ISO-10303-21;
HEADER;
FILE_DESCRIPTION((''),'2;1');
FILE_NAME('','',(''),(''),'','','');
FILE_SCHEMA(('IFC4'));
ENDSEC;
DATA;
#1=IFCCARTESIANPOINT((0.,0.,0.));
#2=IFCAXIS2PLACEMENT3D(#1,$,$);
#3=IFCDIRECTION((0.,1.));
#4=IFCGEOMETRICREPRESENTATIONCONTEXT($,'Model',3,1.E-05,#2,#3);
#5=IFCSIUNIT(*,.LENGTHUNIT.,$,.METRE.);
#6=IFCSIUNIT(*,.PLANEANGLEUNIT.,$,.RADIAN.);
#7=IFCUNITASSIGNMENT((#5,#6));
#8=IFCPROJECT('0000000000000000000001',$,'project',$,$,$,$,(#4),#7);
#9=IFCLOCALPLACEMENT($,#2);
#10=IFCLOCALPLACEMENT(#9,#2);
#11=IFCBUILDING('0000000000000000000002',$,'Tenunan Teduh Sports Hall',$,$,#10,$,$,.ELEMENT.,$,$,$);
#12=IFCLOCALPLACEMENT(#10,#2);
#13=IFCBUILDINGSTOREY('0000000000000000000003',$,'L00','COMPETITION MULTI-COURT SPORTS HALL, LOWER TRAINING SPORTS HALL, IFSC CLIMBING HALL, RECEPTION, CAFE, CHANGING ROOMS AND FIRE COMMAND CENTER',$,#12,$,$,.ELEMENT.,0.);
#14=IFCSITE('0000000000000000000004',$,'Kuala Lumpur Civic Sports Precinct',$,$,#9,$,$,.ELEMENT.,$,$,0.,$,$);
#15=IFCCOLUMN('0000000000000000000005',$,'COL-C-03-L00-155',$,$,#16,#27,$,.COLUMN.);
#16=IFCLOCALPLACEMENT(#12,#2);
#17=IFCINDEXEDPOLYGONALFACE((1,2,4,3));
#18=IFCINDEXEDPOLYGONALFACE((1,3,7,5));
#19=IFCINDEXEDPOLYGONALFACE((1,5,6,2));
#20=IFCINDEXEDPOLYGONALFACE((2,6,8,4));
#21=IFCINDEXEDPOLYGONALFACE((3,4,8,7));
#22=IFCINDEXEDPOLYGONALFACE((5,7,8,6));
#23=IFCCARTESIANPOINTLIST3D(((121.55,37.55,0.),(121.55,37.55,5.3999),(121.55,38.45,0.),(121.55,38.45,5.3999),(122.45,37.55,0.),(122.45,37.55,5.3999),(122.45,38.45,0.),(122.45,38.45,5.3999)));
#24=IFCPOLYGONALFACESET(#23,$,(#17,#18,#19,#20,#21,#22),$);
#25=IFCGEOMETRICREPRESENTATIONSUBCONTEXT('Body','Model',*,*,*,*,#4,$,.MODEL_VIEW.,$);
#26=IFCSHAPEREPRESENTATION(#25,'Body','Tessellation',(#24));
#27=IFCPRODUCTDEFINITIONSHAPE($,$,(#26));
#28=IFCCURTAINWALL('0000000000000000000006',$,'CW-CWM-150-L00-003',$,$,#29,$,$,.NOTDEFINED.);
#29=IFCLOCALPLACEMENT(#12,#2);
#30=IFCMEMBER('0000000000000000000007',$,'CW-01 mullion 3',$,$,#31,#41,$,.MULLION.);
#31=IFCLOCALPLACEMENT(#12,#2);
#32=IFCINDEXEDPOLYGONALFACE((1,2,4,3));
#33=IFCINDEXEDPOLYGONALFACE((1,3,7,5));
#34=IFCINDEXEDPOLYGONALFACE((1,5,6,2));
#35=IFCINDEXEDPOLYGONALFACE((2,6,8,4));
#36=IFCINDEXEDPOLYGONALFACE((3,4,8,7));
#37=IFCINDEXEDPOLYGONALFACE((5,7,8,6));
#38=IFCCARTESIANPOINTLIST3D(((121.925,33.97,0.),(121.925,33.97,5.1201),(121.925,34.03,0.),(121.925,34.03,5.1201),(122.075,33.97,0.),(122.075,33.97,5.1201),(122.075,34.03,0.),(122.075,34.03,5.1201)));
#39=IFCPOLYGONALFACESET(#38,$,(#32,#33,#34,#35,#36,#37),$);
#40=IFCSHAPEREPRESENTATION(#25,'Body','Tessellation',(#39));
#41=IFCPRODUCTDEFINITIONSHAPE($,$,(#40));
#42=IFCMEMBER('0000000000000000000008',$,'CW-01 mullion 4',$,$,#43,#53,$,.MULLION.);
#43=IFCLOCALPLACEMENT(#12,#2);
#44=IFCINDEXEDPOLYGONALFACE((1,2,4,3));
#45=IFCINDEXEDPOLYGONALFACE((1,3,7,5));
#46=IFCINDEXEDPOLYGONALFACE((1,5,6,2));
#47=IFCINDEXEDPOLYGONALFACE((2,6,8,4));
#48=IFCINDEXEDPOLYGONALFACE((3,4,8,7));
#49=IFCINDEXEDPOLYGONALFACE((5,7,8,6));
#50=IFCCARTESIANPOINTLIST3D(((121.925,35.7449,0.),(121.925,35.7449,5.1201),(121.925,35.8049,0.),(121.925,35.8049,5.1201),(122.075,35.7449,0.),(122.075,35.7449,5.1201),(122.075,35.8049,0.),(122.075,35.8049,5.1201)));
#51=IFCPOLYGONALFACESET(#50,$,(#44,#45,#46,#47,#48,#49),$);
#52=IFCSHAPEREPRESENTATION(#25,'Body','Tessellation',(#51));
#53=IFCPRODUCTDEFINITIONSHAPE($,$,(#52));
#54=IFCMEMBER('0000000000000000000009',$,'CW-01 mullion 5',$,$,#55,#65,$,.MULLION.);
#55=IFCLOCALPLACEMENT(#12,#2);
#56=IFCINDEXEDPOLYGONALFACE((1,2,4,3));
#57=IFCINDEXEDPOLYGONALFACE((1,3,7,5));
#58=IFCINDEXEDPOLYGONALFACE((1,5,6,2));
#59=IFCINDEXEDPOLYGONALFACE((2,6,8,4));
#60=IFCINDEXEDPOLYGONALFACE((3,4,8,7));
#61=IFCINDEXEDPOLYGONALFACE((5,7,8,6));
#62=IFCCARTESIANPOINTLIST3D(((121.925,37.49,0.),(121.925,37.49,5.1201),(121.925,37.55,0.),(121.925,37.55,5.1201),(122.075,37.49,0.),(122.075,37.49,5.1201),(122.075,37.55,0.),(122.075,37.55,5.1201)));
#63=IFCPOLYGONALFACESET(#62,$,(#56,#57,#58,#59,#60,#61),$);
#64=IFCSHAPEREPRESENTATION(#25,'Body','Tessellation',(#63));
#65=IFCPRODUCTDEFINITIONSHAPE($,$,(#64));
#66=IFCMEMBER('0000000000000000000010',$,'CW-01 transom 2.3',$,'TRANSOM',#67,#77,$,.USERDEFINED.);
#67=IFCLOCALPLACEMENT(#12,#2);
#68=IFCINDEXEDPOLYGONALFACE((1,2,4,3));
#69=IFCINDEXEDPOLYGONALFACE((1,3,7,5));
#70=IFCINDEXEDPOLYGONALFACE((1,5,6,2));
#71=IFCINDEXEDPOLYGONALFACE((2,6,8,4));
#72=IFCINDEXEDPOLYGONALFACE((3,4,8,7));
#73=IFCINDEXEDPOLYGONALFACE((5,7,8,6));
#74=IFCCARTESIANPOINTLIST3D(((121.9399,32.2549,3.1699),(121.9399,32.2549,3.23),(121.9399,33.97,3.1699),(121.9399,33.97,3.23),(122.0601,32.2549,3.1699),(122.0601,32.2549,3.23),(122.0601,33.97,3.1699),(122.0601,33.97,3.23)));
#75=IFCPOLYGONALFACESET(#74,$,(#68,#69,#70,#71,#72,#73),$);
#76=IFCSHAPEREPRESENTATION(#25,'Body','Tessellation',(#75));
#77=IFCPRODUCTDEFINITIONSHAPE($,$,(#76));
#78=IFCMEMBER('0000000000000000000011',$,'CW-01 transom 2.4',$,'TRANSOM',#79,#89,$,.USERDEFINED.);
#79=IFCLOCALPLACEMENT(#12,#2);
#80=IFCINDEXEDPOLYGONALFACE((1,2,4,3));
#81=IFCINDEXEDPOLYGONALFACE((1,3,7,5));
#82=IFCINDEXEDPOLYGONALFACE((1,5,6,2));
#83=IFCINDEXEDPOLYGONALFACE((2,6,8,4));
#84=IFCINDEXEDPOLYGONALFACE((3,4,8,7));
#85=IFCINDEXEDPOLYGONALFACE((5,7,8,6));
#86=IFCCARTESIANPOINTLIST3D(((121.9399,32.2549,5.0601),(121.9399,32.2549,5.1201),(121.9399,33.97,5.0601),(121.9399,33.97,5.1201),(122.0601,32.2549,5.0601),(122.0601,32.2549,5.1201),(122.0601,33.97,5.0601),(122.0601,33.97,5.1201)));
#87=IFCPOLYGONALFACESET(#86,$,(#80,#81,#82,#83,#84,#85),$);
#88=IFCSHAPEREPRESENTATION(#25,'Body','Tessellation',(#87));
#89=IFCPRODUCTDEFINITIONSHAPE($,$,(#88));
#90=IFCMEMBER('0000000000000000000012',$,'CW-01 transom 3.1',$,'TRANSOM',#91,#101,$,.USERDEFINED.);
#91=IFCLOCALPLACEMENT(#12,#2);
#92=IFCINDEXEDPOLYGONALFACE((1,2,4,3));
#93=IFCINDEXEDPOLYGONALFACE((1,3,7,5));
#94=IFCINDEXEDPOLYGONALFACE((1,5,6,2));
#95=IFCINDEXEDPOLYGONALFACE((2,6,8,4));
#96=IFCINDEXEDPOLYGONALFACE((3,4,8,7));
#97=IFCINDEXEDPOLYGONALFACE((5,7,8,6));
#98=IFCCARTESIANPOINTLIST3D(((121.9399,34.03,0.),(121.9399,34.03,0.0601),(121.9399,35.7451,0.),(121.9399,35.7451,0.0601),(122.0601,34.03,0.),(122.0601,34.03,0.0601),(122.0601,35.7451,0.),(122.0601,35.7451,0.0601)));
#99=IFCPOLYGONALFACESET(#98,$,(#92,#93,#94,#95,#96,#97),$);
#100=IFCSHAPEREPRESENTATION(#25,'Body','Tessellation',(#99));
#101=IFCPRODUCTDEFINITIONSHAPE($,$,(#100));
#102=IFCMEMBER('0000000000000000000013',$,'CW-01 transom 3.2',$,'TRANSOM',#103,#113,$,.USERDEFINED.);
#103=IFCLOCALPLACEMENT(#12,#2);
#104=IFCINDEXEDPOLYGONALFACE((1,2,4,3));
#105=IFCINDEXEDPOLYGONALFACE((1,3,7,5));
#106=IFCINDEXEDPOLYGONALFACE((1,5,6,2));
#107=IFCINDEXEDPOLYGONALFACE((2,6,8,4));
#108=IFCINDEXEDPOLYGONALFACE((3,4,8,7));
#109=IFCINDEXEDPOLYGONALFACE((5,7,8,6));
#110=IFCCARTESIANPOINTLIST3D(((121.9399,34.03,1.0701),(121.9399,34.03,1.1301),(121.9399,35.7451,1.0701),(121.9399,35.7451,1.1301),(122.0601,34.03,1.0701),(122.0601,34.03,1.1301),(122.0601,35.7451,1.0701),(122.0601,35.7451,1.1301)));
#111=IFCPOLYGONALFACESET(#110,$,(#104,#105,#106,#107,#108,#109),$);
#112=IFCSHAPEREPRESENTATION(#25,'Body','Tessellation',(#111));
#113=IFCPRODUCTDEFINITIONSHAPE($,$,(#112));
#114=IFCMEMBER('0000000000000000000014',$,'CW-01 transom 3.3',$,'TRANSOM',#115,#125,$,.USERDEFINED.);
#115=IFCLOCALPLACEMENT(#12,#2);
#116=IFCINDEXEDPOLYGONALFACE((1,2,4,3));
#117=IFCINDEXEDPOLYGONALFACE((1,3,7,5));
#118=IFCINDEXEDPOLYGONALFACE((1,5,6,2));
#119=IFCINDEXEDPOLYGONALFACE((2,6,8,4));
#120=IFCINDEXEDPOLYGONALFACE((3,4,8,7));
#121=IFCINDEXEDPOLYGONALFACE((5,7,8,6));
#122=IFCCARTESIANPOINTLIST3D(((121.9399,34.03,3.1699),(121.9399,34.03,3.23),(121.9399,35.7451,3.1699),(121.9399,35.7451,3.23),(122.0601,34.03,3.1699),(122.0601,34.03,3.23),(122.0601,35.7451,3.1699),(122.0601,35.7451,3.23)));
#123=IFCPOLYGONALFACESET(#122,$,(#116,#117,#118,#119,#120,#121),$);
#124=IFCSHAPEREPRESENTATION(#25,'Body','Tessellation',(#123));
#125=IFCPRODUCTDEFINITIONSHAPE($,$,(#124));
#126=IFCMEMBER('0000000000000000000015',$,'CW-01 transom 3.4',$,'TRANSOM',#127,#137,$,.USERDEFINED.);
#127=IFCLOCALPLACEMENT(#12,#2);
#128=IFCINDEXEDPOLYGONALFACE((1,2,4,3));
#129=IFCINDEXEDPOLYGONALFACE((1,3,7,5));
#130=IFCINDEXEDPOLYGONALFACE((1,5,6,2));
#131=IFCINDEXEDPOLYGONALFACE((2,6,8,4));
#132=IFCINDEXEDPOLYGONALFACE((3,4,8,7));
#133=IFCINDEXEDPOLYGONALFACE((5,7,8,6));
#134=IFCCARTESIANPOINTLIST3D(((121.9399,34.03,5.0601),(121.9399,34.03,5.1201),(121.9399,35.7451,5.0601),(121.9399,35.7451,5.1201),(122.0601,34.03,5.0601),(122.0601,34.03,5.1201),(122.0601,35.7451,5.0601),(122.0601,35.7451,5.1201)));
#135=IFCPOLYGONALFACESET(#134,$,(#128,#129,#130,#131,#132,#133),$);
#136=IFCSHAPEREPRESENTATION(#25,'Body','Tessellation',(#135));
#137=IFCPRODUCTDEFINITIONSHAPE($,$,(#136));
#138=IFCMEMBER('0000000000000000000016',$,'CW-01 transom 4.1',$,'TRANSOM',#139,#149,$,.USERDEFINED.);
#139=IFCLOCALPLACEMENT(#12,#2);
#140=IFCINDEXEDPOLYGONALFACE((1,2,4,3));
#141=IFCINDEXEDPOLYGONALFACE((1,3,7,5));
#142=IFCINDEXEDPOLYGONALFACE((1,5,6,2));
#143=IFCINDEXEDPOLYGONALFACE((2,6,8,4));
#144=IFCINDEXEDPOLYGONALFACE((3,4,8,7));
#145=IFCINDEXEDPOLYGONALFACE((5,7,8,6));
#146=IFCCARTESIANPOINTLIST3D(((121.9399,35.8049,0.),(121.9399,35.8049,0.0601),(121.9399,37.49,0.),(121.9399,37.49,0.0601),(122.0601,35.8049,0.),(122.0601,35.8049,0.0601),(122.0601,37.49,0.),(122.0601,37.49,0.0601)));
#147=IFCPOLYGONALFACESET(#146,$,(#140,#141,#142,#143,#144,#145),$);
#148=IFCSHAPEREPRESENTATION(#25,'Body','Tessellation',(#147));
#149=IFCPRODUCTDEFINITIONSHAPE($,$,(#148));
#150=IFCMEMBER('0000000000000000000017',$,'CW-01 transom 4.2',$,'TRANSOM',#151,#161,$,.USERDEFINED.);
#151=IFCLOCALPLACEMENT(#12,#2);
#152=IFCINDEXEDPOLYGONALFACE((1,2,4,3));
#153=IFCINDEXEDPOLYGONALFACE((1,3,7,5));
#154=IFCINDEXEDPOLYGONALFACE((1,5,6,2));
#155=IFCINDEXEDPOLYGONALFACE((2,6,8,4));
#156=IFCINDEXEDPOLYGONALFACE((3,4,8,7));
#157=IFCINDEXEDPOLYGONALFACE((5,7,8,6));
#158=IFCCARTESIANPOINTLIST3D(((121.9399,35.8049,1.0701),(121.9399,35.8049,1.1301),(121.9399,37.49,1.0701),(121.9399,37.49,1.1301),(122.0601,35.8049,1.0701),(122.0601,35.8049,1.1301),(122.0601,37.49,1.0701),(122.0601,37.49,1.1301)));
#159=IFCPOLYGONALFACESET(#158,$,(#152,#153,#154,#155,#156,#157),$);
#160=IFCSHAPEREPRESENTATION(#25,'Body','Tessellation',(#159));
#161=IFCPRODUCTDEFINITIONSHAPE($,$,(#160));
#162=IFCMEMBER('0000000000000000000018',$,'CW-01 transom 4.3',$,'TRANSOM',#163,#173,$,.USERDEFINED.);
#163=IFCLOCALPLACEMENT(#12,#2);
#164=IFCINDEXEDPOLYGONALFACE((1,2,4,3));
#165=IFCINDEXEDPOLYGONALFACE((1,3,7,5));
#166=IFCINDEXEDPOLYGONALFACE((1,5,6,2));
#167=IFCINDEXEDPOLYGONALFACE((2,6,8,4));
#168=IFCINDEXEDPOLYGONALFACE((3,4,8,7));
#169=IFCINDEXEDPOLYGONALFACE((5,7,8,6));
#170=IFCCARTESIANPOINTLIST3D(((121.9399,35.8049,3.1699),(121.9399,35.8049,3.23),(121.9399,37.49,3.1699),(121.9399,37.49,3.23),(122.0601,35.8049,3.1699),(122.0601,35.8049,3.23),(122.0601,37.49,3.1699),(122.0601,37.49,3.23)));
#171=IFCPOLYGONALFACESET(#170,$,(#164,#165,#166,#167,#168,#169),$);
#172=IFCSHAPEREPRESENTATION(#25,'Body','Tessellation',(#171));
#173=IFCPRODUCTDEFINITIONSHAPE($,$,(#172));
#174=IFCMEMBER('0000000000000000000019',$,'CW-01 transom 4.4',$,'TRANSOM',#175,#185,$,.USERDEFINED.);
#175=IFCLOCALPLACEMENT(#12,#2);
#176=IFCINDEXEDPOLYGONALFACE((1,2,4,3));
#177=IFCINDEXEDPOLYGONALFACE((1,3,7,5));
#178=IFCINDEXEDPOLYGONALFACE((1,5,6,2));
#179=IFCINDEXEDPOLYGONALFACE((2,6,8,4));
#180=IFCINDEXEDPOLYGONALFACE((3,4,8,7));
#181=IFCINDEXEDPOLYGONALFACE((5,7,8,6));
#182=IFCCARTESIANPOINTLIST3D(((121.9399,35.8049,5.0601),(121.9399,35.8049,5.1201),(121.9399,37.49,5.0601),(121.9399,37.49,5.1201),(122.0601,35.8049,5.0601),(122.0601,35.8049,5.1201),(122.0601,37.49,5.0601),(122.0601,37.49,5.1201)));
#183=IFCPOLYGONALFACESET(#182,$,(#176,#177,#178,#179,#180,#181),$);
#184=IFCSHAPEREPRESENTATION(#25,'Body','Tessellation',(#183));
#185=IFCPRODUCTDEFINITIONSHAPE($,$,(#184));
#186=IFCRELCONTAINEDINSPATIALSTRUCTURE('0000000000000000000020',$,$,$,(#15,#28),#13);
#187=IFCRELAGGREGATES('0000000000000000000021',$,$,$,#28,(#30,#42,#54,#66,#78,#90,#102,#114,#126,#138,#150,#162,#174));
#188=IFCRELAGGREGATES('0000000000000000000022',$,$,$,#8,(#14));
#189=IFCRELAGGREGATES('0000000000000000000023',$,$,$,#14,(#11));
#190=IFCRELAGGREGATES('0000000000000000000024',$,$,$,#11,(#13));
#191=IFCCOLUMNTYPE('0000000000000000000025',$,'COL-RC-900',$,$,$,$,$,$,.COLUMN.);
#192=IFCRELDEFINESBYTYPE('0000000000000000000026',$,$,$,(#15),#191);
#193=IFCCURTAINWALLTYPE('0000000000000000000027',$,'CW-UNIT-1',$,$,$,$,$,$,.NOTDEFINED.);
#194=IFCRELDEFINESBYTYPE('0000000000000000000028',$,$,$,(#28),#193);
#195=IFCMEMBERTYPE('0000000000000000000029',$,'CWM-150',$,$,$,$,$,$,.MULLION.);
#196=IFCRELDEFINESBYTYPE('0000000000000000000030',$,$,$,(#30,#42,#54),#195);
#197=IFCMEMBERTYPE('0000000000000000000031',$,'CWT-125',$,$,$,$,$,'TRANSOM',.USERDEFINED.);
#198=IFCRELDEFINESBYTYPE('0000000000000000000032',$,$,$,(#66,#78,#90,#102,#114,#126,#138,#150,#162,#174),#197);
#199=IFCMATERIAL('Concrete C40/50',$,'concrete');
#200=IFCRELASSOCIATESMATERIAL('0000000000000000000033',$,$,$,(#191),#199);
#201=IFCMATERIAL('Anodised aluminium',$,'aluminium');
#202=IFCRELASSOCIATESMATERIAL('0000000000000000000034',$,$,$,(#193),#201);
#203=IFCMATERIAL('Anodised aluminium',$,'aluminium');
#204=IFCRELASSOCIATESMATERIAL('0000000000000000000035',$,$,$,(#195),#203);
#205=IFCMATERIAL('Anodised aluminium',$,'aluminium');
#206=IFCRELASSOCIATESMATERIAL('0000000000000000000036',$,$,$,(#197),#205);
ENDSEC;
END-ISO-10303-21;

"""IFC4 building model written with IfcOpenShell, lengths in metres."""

from ifc_helpers import new_model, si_unit, direction, frame, origin, origin_2d, place, context, subcontext, project, spatial, rectangle, extrude, material, material_profile, profile_set, type_object, element, aggregate, save


model = new_model("IFC4")

# Units and contexts
model_context = context("Model", 3, precision=1e-05, world=origin(), true_north=direction((0.0, 1.0)))
body_context = subcontext(model_context, "Body", "Model", "MODEL_VIEW")
ifc_project = project(units=[si_unit("LENGTHUNIT", "METRE"), si_unit("PLANEANGLEUNIT", "RADIAN")], contexts=[model_context])

# Site, building, storey
site_placement = place(None, origin())
site = spatial("IfcSite", under=ifc_project, at=site_placement, Name="Kuala Lumpur Civic Sports Precinct", CompositionType="ELEMENT", RefElevation=0.0)
building_placement = place(site_placement, origin())
building = spatial("IfcBuilding", under=site, at=building_placement, Name="Tenunan Teduh Sports Hall", CompositionType="ELEMENT")
storey_placement = place(building_placement, origin())
storey = spatial("IfcBuildingStorey", under=building, at=storey_placement, Name="L00", Description="COMPETITION MULTI-COURT SPORTS HALL, LOWER TRAINING SPORTS HALL, IFSC CLIMBING HALL, RECEPTION, CAFE, CHANGING ROOMS AND FIRE COMMAND CENTER", CompositionType="ELEMENT", Elevation=0.0)

# Column
ifc_material_1 = material(Name="Concrete C40/50", Category="concrete")
ifc_material_profile_1 = material_profile(ifc_material_1, rectangle(XDim=0.8999, YDim=0.8999, at=origin_2d()), Name="RC 900x900")
ifc_profile_set_1 = profile_set([ifc_material_profile_1], Name="Concrete C40/50")
column_type = type_object("IfcColumnType", Name="COL-RC-900", PredefinedType="COLUMN", material=ifc_profile_set_1)
column_placement = place(storey_placement, frame((122.0, 38.0, 0.0), z_axis=(0.0, 0.0, 1.0), x_axis=(1.0, 0.0, 0.0)))
element("IfcColumn", 1, at=column_placement, inside=storey, type_object=column_type, Name="COL-C-03-L00-155", PredefinedType="COLUMN", context=body_context, shape_type="SweptSolid", body=[
    extrude(rectangle(XDim=0.8999, YDim=0.8999, at=origin_2d()), origin(), (0.0, 0.0, 1.0), 5.3999),
])

# Curtain wall, members
ifc_material_2 = material(Name="Anodised aluminium", Category="aluminium")
curtain_wall_type = type_object("IfcCurtainWallType", Name="CW-UNIT-1", PredefinedType="NOTDEFINED", material=ifc_material_2)
curtain_wall_placement = place(storey_placement, origin())
curtain_wall = element("IfcCurtainWall", 2, at=curtain_wall_placement, inside=storey, type_object=curtain_wall_type, Name="CW-CWM-150-L00-003", PredefinedType="NOTDEFINED")
ifc_material_3 = material(Name="Anodised aluminium", Category="aluminium")
ifc_material_profile_2 = material_profile(ifc_material_3, rectangle(XDim=0.0601, YDim=0.1499, at=origin_2d()), Name="CWM 60x150")
ifc_profile_set_2 = profile_set([ifc_material_profile_2], Name="Anodised aluminium")
member_type_1 = type_object("IfcMemberType", Name="CWM-150", PredefinedType="MULLION", material=ifc_profile_set_2)
member_1_placement = place(storey_placement, frame((122.0, 34.0, 0.0), z_axis=(0.0, 0.0, 1.0), x_axis=(0.0, 1.0, 0.0)))
member_1 = element("IfcMember", 3, at=member_1_placement, type_object=member_type_1, Name="CW-01 mullion 3", PredefinedType="MULLION", context=body_context, shape_type="SweptSolid", body=[
    extrude(rectangle(XDim=0.0601, YDim=0.1499, at=origin_2d()), origin(), (0.0, 0.0, 1.0), 5.1201),
])
member_2_placement = place(storey_placement, frame((122.0, 35.7749, 0.0), z_axis=(0.0, 0.0, 1.0), x_axis=(0.0, 1.0, 0.0)))
member_2 = element("IfcMember", 4, at=member_2_placement, type_object=member_type_1, Name="CW-01 mullion 4", PredefinedType="MULLION", context=body_context, shape_type="SweptSolid", body=[
    extrude(rectangle(XDim=0.0601, YDim=0.1499, at=origin_2d()), origin(), (0.0, 0.0, 1.0), 5.1201),
])
member_3_placement = place(storey_placement, frame((122.0, 37.52, 0.0), z_axis=(0.0, 0.0, 1.0), x_axis=(0.0, 1.0, 0.0)))
member_3 = element("IfcMember", 5, at=member_3_placement, type_object=member_type_1, Name="CW-01 mullion 5", PredefinedType="MULLION", context=body_context, shape_type="SweptSolid", body=[
    extrude(rectangle(XDim=0.0601, YDim=0.1499, at=origin_2d()), origin(), (0.0, 0.0, 1.0), 5.1201),
])
ifc_material_4 = material(Name="Anodised aluminium", Category="aluminium")
ifc_material_profile_3 = material_profile(ifc_material_4, rectangle(XDim=0.0601, YDim=0.1201, at=origin_2d()), Name="CWT 60x120")
ifc_profile_set_3 = profile_set([ifc_material_profile_3], Name="Anodised aluminium")
member_type_2 = type_object("IfcMemberType", Name="CWT-125", ElementType="TRANSOM", PredefinedType="USERDEFINED", material=ifc_profile_set_3)
member_4_placement = place(storey_placement, frame((122.0, 32.2549, 3.2), z_axis=(0.0, 1.0, 0.0), x_axis=(0.0, 0.0, 1.0)))
member_4 = element("IfcMember", 6, at=member_4_placement, type_object=member_type_2, Name="CW-01 transom 2.3", ObjectType="TRANSOM", PredefinedType="USERDEFINED", context=body_context, shape_type="SweptSolid", body=[
    extrude(rectangle(XDim=0.0601, YDim=0.1201, at=origin_2d()), origin(), (0.0, 0.0, 1.0), 1.7151),
])
member_5_placement = place(storey_placement, frame((122.0, 32.2549, 5.0901), z_axis=(0.0, 1.0, 0.0), x_axis=(0.0, 0.0, 1.0)))
member_5 = element("IfcMember", 7, at=member_5_placement, type_object=member_type_2, Name="CW-01 transom 2.4", ObjectType="TRANSOM", PredefinedType="USERDEFINED", context=body_context, shape_type="SweptSolid", body=[
    extrude(rectangle(XDim=0.0601, YDim=0.1201, at=origin_2d()), origin(), (0.0, 0.0, 1.0), 1.7151),
])
member_6_placement = place(storey_placement, frame((122.0, 34.03, 0.03), z_axis=(0.0, 1.0, 0.0), x_axis=(0.0, 0.0, 1.0)))
member_6 = element("IfcMember", 8, at=member_6_placement, type_object=member_type_2, Name="CW-01 transom 3.1", ObjectType="TRANSOM", PredefinedType="USERDEFINED", context=body_context, shape_type="SweptSolid", body=[
    extrude(rectangle(XDim=0.0601, YDim=0.1201, at=origin_2d()), origin(), (0.0, 0.0, 1.0), 1.7151),
])
member_7_placement = place(storey_placement, frame((122.0, 34.03, 1.1001), z_axis=(0.0, 1.0, 0.0), x_axis=(0.0, 0.0, 1.0)))
member_7 = element("IfcMember", 9, at=member_7_placement, type_object=member_type_2, Name="CW-01 transom 3.2", ObjectType="TRANSOM", PredefinedType="USERDEFINED", context=body_context, shape_type="SweptSolid", body=[
    extrude(rectangle(XDim=0.0601, YDim=0.1201, at=origin_2d()), origin(), (0.0, 0.0, 1.0), 1.7151),
])
member_8_placement = place(storey_placement, frame((122.0, 34.03, 3.2), z_axis=(0.0, 1.0, 0.0), x_axis=(0.0, 0.0, 1.0)))
member_8 = element("IfcMember", 10, at=member_8_placement, type_object=member_type_2, Name="CW-01 transom 3.3", ObjectType="TRANSOM", PredefinedType="USERDEFINED", context=body_context, shape_type="SweptSolid", body=[
    extrude(rectangle(XDim=0.0601, YDim=0.1201, at=origin_2d()), origin(), (0.0, 0.0, 1.0), 1.7151),
])
member_9_placement = place(storey_placement, frame((122.0, 34.03, 5.0901), z_axis=(0.0, 1.0, 0.0), x_axis=(0.0, 0.0, 1.0)))
member_9 = element("IfcMember", 11, at=member_9_placement, type_object=member_type_2, Name="CW-01 transom 3.4", ObjectType="TRANSOM", PredefinedType="USERDEFINED", context=body_context, shape_type="SweptSolid", body=[
    extrude(rectangle(XDim=0.0601, YDim=0.1201, at=origin_2d()), origin(), (0.0, 0.0, 1.0), 1.7151),
])
member_10_placement = place(storey_placement, frame((122.0, 35.8049, 0.03), z_axis=(0.0, 1.0, 0.0), x_axis=(0.0, 0.0, 1.0)))
member_10 = element("IfcMember", 12, at=member_10_placement, type_object=member_type_2, Name="CW-01 transom 4.1", ObjectType="TRANSOM", PredefinedType="USERDEFINED", context=body_context, shape_type="SweptSolid", body=[
    extrude(rectangle(XDim=0.0601, YDim=0.1201, at=origin_2d()), origin(), (0.0, 0.0, 1.0), 1.6851),
])
member_11_placement = place(storey_placement, frame((122.0, 35.8049, 1.1001), z_axis=(0.0, 1.0, 0.0), x_axis=(0.0, 0.0, 1.0)))
member_11 = element("IfcMember", 13, at=member_11_placement, type_object=member_type_2, Name="CW-01 transom 4.2", ObjectType="TRANSOM", PredefinedType="USERDEFINED", context=body_context, shape_type="SweptSolid", body=[
    extrude(rectangle(XDim=0.0601, YDim=0.1201, at=origin_2d()), origin(), (0.0, 0.0, 1.0), 1.6851),
])
member_12_placement = place(storey_placement, frame((122.0, 35.8049, 3.2), z_axis=(0.0, 1.0, 0.0), x_axis=(0.0, 0.0, 1.0)))
member_12 = element("IfcMember", 14, at=member_12_placement, type_object=member_type_2, Name="CW-01 transom 4.3", ObjectType="TRANSOM", PredefinedType="USERDEFINED", context=body_context, shape_type="SweptSolid", body=[
    extrude(rectangle(XDim=0.0601, YDim=0.1201, at=origin_2d()), origin(), (0.0, 0.0, 1.0), 1.6851),
])
member_13_placement = place(storey_placement, frame((122.0, 35.8049, 5.0901), z_axis=(0.0, 1.0, 0.0), x_axis=(0.0, 0.0, 1.0)))
member_13 = element("IfcMember", 15, at=member_13_placement, type_object=member_type_2, Name="CW-01 transom 4.4", ObjectType="TRANSOM", PredefinedType="USERDEFINED", context=body_context, shape_type="SweptSolid", body=[
    extrude(rectangle(XDim=0.0601, YDim=0.1201, at=origin_2d()), origin(), (0.0, 0.0, 1.0), 1.6851),
])
aggregate(curtain_wall, [member_1, member_2, member_3, member_4, member_5, member_6, member_7, member_8, member_9, member_10, member_11, member_12, member_13])

save(model, "model.ifc")
